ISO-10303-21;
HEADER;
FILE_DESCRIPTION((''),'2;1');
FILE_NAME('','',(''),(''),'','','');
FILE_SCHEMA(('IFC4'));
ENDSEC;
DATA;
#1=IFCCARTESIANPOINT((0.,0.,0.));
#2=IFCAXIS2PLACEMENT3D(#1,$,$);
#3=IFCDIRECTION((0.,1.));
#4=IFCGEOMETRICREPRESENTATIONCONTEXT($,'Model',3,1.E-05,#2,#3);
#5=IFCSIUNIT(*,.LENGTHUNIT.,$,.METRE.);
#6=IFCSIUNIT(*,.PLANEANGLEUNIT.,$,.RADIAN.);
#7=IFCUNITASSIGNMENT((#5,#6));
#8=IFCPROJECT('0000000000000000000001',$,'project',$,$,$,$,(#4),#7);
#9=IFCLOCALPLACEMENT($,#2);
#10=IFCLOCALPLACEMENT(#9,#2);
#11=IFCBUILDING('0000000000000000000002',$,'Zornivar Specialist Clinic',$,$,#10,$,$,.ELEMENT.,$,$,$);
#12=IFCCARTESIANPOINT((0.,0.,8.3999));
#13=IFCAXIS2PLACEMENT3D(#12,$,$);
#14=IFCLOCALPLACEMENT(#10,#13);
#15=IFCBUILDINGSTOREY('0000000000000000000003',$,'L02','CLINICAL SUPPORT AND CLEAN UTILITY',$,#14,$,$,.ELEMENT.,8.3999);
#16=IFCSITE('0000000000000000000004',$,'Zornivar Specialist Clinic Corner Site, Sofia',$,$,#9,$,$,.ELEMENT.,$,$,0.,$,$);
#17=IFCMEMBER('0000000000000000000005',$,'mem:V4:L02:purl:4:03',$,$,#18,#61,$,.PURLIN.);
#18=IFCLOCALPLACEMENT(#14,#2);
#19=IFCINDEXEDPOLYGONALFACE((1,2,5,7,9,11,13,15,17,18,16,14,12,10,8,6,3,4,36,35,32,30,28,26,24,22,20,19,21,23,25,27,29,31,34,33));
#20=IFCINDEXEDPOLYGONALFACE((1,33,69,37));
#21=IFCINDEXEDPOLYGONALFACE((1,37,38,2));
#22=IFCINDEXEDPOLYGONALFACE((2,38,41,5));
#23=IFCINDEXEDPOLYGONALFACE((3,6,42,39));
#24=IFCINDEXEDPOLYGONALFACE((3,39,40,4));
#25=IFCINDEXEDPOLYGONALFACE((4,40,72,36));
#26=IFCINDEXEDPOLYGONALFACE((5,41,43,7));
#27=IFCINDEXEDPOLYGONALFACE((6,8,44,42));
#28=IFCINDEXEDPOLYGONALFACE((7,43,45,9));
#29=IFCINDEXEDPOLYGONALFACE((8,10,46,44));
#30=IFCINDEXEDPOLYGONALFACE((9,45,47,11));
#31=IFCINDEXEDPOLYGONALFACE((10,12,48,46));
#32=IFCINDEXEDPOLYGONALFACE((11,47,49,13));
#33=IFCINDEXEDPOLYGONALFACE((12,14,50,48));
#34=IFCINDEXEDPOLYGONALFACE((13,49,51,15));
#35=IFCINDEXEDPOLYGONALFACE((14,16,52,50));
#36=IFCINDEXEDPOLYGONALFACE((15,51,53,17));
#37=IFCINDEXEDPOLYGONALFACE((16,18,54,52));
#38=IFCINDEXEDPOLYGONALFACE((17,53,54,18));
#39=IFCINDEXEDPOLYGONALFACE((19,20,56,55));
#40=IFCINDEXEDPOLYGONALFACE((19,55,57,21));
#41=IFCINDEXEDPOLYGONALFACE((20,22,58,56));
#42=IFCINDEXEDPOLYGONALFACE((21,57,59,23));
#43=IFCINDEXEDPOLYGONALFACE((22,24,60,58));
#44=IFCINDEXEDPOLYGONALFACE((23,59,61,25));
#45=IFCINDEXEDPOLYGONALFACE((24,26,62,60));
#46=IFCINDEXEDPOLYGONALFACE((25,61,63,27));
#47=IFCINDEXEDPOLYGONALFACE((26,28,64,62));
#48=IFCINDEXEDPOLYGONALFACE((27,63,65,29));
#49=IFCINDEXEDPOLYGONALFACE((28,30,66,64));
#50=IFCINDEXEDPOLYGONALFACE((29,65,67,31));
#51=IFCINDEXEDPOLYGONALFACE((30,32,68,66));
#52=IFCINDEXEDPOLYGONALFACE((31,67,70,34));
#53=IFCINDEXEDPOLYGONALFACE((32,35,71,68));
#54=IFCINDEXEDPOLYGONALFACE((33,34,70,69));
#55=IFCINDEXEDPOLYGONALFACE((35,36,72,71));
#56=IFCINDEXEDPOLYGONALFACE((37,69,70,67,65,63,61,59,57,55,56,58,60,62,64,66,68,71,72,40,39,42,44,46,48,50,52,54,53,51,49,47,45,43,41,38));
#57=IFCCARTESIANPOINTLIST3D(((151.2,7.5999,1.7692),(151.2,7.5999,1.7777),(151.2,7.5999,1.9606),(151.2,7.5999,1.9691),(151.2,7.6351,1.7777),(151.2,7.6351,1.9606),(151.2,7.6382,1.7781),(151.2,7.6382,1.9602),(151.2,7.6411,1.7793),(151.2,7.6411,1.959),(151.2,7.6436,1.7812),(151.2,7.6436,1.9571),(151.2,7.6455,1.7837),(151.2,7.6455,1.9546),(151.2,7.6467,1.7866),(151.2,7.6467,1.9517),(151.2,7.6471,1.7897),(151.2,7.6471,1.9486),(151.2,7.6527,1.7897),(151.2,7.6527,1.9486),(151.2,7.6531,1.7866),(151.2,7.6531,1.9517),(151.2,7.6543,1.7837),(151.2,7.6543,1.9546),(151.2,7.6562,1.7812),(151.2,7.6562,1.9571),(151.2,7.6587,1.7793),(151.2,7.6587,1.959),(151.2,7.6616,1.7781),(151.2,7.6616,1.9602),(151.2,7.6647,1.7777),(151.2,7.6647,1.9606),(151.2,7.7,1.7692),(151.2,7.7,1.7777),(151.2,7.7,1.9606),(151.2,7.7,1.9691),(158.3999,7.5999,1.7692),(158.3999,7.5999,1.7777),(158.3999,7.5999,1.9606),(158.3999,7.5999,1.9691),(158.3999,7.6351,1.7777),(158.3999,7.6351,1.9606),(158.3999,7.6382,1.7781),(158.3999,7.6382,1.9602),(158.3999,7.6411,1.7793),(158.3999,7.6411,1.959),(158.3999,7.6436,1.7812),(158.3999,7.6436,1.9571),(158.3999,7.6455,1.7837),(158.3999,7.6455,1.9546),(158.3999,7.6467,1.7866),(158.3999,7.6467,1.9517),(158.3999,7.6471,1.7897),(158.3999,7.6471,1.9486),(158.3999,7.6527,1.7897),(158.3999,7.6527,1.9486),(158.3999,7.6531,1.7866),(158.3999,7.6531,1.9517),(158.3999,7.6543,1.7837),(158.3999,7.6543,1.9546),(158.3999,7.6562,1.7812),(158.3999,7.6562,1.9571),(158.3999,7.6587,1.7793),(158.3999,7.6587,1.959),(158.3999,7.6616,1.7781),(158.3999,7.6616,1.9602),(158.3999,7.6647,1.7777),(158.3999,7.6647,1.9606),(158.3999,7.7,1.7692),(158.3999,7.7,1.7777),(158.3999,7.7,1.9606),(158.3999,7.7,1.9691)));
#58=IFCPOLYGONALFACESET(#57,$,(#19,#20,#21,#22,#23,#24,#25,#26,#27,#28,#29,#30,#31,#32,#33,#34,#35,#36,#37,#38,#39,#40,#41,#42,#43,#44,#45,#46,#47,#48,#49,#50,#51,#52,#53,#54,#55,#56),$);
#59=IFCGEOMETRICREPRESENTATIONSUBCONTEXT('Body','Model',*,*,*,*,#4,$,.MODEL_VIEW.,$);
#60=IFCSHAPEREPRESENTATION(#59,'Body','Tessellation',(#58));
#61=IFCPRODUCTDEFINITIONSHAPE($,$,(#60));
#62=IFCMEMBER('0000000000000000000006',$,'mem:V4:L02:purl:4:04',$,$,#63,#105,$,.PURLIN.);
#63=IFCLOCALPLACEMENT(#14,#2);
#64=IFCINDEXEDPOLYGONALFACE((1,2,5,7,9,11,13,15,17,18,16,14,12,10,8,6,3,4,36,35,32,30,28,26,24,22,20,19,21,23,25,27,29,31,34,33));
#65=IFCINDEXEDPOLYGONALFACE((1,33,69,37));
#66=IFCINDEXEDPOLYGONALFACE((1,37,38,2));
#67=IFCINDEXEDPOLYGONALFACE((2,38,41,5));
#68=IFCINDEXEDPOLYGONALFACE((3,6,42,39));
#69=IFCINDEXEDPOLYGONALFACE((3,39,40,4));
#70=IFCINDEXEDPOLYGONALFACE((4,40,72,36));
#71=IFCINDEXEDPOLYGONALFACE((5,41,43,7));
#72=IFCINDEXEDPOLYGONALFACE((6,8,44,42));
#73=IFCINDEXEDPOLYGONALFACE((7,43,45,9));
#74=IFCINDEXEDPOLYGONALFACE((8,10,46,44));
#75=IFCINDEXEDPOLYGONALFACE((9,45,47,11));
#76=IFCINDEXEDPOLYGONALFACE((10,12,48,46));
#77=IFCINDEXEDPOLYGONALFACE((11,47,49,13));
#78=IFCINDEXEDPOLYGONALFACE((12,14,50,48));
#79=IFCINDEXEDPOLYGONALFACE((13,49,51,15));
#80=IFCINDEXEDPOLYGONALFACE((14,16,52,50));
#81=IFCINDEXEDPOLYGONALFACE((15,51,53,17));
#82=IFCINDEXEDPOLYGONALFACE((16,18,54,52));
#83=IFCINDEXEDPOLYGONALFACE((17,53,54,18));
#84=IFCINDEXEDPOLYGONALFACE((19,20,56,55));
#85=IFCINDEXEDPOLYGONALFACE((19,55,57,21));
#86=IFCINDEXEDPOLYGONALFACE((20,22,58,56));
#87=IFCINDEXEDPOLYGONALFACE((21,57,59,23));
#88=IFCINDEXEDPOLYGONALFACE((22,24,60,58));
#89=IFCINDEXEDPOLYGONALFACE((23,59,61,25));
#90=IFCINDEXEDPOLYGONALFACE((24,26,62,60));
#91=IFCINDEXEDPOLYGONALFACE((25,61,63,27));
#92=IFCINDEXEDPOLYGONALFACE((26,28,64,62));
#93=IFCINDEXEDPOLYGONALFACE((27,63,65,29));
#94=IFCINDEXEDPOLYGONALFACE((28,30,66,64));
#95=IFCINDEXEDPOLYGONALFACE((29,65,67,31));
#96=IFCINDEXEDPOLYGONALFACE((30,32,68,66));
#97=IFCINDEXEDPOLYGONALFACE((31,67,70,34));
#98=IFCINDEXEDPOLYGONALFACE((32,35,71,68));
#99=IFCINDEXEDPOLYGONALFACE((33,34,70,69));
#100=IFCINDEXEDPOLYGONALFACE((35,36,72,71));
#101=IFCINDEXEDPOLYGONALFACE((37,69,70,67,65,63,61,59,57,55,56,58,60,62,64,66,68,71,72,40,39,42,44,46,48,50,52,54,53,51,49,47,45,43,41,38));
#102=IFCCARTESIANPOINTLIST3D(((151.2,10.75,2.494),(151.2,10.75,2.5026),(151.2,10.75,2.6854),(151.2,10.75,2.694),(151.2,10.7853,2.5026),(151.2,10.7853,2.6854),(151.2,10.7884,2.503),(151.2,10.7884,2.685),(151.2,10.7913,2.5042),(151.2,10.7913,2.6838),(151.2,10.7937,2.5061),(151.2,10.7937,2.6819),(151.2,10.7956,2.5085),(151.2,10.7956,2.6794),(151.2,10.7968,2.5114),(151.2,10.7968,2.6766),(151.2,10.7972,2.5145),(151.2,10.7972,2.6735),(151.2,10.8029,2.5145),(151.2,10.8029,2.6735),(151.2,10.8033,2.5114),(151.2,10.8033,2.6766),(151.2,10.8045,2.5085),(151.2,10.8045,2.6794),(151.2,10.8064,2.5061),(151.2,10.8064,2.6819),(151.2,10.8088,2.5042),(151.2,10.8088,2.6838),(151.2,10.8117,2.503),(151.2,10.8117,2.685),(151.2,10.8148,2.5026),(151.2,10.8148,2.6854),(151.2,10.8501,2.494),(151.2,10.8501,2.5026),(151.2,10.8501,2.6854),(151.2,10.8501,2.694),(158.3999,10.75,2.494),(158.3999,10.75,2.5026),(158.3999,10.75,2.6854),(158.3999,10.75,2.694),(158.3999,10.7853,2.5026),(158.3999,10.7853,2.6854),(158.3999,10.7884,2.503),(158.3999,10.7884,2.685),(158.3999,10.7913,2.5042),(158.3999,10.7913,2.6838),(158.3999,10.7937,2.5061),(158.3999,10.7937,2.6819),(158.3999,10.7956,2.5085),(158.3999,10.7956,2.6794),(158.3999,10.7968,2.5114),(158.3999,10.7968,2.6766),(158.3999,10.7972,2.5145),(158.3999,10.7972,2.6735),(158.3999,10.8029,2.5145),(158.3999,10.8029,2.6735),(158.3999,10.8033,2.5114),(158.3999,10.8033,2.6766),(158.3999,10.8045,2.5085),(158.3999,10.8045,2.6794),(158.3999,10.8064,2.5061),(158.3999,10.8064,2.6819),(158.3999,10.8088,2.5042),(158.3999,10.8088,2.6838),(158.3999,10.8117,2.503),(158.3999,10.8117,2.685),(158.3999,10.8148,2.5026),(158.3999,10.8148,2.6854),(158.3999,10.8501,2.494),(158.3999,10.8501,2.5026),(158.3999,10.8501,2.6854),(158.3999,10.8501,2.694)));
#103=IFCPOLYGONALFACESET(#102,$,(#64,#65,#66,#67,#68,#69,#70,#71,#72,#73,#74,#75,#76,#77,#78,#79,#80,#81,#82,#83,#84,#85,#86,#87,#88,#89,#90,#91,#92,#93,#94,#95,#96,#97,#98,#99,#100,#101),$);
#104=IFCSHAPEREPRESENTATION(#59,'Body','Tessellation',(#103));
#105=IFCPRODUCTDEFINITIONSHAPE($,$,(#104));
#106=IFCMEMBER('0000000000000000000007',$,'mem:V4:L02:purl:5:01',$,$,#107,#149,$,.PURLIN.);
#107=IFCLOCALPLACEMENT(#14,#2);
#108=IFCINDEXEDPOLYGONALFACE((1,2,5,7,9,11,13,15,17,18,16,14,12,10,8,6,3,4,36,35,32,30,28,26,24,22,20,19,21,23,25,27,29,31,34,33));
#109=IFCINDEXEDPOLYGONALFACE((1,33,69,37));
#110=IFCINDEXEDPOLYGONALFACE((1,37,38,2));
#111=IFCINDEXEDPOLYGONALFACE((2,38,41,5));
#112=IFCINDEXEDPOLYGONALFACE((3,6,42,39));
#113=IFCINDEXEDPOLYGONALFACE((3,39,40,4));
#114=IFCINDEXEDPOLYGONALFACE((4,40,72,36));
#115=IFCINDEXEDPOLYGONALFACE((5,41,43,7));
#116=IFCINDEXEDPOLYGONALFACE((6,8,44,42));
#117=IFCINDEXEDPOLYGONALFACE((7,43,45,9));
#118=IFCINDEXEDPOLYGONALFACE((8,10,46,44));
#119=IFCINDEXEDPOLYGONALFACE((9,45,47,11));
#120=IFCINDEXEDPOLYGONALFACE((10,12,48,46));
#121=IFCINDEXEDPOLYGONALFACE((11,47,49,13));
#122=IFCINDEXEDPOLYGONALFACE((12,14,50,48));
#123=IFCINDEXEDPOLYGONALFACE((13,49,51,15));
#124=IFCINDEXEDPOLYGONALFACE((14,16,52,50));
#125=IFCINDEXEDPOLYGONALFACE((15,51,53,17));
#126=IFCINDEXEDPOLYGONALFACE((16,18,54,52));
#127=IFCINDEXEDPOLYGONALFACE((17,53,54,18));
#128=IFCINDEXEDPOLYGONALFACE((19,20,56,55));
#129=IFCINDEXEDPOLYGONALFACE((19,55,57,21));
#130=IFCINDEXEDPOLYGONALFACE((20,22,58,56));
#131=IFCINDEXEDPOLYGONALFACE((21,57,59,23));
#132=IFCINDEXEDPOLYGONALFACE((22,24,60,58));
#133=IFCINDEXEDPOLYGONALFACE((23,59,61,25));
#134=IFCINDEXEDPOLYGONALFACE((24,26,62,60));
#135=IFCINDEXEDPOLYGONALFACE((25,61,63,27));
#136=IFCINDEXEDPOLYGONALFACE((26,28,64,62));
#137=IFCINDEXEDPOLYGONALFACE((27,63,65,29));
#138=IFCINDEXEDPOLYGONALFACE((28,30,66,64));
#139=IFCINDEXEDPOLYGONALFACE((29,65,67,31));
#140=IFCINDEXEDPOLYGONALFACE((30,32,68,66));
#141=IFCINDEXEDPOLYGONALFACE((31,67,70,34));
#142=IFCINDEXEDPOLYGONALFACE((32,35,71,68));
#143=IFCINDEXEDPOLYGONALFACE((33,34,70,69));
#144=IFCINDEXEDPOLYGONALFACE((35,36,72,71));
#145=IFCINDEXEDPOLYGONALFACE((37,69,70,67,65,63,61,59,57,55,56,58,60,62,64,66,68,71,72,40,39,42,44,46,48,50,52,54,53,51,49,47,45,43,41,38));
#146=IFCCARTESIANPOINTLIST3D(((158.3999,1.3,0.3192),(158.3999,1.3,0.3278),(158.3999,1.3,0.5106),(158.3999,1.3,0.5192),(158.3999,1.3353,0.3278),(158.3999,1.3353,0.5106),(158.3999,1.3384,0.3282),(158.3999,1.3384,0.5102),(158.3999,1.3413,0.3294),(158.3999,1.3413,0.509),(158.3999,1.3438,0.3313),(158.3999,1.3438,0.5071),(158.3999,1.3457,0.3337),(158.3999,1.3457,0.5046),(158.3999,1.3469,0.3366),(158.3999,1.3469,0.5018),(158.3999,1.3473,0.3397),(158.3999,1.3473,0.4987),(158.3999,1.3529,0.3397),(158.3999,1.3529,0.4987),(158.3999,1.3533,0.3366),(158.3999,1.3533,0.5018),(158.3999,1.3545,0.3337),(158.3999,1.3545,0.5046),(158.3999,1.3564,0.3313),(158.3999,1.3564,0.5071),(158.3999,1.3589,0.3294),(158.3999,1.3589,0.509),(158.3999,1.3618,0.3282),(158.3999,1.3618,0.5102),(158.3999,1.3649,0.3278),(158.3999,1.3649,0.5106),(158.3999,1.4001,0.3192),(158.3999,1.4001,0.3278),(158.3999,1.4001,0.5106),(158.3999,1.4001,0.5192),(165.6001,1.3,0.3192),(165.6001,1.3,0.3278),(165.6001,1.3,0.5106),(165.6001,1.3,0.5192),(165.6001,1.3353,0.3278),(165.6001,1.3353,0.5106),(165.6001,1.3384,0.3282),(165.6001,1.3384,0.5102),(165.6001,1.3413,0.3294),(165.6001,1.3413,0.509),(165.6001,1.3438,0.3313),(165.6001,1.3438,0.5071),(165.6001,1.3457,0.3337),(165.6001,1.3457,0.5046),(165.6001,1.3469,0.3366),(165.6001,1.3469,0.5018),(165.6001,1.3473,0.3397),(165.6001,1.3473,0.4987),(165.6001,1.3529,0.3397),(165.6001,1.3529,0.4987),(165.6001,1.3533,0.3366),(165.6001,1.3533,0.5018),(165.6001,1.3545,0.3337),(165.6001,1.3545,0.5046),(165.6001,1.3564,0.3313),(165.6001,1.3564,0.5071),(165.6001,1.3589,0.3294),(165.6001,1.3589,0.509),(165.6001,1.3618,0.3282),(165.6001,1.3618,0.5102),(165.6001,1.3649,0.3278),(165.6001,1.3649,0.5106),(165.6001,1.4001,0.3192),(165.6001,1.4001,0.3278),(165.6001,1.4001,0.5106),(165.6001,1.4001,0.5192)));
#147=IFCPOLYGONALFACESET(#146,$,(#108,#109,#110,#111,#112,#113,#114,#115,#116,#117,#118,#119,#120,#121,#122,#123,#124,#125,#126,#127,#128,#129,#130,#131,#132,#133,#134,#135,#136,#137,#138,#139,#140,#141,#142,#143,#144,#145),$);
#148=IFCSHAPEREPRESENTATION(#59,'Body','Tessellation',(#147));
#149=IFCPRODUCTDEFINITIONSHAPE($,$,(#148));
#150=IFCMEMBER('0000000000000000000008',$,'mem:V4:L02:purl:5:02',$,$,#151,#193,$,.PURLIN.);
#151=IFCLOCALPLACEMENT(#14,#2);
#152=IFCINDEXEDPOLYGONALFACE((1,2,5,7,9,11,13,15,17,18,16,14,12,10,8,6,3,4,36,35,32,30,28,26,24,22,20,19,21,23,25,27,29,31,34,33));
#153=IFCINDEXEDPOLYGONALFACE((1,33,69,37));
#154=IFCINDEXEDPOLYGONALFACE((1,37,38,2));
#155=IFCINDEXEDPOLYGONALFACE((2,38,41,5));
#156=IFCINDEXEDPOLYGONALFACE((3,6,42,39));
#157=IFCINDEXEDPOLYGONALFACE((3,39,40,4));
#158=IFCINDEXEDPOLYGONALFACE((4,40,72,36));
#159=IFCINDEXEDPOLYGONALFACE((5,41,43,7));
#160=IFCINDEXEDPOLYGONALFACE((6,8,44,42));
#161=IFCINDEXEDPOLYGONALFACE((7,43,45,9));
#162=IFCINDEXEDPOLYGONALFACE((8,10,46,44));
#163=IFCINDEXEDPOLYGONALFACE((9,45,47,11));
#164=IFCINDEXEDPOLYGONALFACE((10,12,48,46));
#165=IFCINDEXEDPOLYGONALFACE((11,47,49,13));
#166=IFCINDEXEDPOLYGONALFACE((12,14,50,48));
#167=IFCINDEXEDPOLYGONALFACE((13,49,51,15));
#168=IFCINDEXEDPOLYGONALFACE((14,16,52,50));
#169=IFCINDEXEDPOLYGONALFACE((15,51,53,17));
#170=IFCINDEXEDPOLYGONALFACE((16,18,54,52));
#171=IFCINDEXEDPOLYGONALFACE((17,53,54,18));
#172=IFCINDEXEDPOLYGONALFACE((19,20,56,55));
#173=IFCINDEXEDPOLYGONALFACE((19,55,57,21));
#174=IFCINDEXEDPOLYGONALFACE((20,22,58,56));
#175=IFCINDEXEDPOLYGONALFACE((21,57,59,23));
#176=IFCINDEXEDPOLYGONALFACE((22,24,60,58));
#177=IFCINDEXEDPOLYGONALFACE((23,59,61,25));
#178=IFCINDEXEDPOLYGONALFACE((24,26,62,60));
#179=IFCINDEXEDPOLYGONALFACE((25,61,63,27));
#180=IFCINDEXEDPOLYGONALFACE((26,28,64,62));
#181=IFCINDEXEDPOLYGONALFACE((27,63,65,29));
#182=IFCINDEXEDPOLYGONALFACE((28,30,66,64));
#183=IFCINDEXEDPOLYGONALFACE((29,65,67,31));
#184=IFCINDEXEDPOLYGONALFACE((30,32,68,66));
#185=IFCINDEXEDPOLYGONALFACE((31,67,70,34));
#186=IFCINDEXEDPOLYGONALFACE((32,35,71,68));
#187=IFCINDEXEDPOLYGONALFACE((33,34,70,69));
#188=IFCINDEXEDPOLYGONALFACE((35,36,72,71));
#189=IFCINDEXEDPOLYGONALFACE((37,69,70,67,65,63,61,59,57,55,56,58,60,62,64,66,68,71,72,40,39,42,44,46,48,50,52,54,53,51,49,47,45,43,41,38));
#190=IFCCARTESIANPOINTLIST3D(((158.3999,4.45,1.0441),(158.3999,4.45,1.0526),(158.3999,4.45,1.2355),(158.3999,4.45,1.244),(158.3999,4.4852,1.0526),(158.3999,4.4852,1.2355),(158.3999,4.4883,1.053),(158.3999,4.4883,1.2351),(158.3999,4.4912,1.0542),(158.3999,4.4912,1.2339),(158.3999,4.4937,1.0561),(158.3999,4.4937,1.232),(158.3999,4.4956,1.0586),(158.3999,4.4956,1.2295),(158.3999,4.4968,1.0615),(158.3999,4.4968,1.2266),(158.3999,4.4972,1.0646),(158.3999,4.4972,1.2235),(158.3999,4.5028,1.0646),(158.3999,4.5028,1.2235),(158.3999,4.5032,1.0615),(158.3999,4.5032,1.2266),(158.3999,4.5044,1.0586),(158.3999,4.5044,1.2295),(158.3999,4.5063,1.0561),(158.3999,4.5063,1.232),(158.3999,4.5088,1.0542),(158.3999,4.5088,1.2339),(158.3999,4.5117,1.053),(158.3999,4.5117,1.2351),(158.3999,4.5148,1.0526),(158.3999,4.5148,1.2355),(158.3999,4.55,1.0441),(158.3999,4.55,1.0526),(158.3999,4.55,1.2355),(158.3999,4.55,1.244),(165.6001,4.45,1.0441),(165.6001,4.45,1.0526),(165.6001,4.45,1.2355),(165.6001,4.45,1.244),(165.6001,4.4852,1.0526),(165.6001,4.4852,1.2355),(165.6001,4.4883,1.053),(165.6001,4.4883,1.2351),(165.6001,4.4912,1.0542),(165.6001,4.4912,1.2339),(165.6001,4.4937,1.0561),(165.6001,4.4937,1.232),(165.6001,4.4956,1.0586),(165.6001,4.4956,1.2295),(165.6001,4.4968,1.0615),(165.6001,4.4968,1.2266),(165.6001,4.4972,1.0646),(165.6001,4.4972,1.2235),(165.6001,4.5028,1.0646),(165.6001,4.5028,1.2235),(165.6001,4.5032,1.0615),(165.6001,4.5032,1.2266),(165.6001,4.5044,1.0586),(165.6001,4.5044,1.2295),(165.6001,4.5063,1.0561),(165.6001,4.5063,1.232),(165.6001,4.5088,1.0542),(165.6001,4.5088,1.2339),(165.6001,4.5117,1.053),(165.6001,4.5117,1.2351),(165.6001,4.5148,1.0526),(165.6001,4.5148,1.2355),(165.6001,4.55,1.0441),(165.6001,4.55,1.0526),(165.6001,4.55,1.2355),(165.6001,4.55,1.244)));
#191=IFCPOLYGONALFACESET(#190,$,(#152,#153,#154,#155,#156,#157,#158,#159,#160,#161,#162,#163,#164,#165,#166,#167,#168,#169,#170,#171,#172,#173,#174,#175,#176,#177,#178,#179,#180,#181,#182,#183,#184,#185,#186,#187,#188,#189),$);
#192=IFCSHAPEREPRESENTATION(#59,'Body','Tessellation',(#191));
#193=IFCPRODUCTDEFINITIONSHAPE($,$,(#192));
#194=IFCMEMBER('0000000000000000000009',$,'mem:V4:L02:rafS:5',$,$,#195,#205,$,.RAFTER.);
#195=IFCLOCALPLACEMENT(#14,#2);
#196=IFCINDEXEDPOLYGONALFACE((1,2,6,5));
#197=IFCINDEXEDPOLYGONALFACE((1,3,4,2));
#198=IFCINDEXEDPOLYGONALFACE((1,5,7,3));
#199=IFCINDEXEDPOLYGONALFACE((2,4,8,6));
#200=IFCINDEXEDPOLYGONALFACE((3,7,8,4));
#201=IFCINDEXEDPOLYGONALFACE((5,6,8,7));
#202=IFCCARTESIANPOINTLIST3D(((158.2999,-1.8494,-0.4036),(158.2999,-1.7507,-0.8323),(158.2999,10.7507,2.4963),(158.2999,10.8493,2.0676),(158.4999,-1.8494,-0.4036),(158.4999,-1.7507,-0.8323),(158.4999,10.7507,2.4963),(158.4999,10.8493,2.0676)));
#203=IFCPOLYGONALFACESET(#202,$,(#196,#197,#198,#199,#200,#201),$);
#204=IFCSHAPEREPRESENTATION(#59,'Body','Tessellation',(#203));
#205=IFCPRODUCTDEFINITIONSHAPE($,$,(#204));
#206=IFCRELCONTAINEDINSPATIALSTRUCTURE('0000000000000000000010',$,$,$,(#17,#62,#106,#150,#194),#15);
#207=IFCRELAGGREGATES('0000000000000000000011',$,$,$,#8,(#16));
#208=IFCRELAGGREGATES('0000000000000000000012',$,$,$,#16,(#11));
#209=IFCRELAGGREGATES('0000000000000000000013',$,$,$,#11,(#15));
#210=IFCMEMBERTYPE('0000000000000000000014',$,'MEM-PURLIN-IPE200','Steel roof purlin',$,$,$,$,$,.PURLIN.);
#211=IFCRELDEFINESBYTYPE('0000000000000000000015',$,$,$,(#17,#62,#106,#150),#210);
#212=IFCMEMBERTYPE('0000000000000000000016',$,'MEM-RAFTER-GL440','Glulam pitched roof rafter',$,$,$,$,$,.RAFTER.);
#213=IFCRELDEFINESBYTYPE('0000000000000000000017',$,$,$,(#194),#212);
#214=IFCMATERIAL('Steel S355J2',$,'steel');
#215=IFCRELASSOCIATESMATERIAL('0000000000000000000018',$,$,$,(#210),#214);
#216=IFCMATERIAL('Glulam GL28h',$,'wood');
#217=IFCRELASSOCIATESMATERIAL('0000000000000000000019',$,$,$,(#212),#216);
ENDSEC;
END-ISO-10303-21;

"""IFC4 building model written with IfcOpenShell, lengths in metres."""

from ifc_helpers import new_model, si_unit, direction, frame, origin, origin_2d, place, context, subcontext, project, spatial, rectangle, i_section, extrude, material, material_profile, profile_set, type_object, element, save


model = new_model("IFC4")

# Units and contexts
model_context = context("Model", 3, precision=1e-05, world=origin(), true_north=direction((0.0, 1.0)))
body_context = subcontext(model_context, "Body", "Model", "MODEL_VIEW")
ifc_project = project(units=[si_unit("LENGTHUNIT", "METRE"), si_unit("PLANEANGLEUNIT", "RADIAN")], contexts=[model_context])

# Site, building, storey
site_placement = place(None, origin())
site = spatial("IfcSite", under=ifc_project, at=site_placement, Name="Zornivar Specialist Clinic Corner Site, Sofia", CompositionType="ELEMENT", RefElevation=0.0)
building_placement = place(site_placement, origin())
building = spatial("IfcBuilding", under=site, at=building_placement, Name="Zornivar Specialist Clinic", CompositionType="ELEMENT")
storey_placement = place(building_placement, frame((0.0, 0.0, 8.3999)))
storey = spatial("IfcBuildingStorey", under=building, at=storey_placement, Name="L02", Description="CLINICAL SUPPORT AND CLEAN UTILITY", CompositionType="ELEMENT", Elevation=8.3999)

# Members
ifc_material_1 = material(Name="Steel S355J2", Category="steel")
ifc_material_profile_1 = material_profile(ifc_material_1, i_section(OverallWidth=0.1001, OverallDepth=0.2, WebThickness=0.0056, FlangeThickness=0.0085, FilletRadius=0.012, at=origin_2d()), Name="IPE 200")
ifc_profile_set_1 = profile_set([ifc_material_profile_1], Name="Steel S355J2")
member_type_1 = type_object("IfcMemberType", Name="MEM-PURLIN-IPE200", Description="Steel roof purlin", PredefinedType="PURLIN", material=ifc_profile_set_1)
for number, where, z_axis, x_axis, name in (
    (1, (151.2, 7.6499, 1.8691), (1.0, 0.0, 0.0), (0.0, 1.0, 0.0), "mem:V4:L02:purl:4:03"),
    (2, (151.2, 10.8, 2.594), (1.0, 0.0, 0.0), (0.0, 1.0, 0.0), "mem:V4:L02:purl:4:04"),
):
    element("IfcMember", number, at=place(storey_placement, frame(where, z_axis=z_axis, x_axis=x_axis)), inside=storey, type_object=member_type_1, Name=name, PredefinedType="PURLIN", context=body_context, shape_type="SweptSolid", body=[
        extrude(i_section(OverallWidth=0.1001, OverallDepth=0.2, WebThickness=0.0056, FlangeThickness=0.0085, FilletRadius=0.012, at=origin_2d()), origin(), (0.0, 0.0, 1.0), 7.2),
    ])
for number, where, z_axis, x_axis, name in (
    (3, (158.3999, 1.3501, 0.4192), (1.0, 0.0, 0.0), (0.0, 1.0, 0.0), "mem:V4:L02:purl:5:01"),
    (4, (158.3999, 4.5, 1.144), (1.0, 0.0, 0.0), (0.0, 1.0, 0.0), "mem:V4:L02:purl:5:02"),
):
    element("IfcMember", number, at=place(storey_placement, frame(where, z_axis=z_axis, x_axis=x_axis)), inside=storey, type_object=member_type_1, Name=name, PredefinedType="PURLIN", context=body_context, shape_type="SweptSolid", body=[
        extrude(i_section(OverallWidth=0.1001, OverallDepth=0.2, WebThickness=0.0056, FlangeThickness=0.0085, FilletRadius=0.012, at=origin_2d()), origin(), (0.0, 0.0, 1.0), 7.2002),
    ])
ifc_material_2 = material(Name="Glulam GL28h", Category="wood")
ifc_material_profile_2 = material_profile(ifc_material_2, rectangle(XDim=0.2, YDim=0.4399, at=origin_2d()), Name="GL28h 200x440")
ifc_profile_set_2 = profile_set([ifc_material_profile_2], Name="Glulam GL28h")
member_type_2 = type_object("IfcMemberType", Name="MEM-RAFTER-GL440", Description="Glulam pitched roof rafter", PredefinedType="RAFTER", material=ifc_profile_set_2)
member_1_placement = place(storey_placement, frame((158.3999, -1.8, -0.6179), z_axis=(0.0, 0.974523, 0.224286), x_axis=(-1.0, 0.0, 0.0)))
element("IfcMember", 5, at=member_1_placement, inside=storey, type_object=member_type_2, Name="mem:V4:L02:rafS:5", PredefinedType="RAFTER", context=body_context, shape_type="SweptSolid", body=[
    extrude(rectangle(XDim=0.2, YDim=0.4399, at=origin_2d()), origin(), (0.0, 0.0, 1.0), 12.9294),
])

save(model, "model.ifc")
